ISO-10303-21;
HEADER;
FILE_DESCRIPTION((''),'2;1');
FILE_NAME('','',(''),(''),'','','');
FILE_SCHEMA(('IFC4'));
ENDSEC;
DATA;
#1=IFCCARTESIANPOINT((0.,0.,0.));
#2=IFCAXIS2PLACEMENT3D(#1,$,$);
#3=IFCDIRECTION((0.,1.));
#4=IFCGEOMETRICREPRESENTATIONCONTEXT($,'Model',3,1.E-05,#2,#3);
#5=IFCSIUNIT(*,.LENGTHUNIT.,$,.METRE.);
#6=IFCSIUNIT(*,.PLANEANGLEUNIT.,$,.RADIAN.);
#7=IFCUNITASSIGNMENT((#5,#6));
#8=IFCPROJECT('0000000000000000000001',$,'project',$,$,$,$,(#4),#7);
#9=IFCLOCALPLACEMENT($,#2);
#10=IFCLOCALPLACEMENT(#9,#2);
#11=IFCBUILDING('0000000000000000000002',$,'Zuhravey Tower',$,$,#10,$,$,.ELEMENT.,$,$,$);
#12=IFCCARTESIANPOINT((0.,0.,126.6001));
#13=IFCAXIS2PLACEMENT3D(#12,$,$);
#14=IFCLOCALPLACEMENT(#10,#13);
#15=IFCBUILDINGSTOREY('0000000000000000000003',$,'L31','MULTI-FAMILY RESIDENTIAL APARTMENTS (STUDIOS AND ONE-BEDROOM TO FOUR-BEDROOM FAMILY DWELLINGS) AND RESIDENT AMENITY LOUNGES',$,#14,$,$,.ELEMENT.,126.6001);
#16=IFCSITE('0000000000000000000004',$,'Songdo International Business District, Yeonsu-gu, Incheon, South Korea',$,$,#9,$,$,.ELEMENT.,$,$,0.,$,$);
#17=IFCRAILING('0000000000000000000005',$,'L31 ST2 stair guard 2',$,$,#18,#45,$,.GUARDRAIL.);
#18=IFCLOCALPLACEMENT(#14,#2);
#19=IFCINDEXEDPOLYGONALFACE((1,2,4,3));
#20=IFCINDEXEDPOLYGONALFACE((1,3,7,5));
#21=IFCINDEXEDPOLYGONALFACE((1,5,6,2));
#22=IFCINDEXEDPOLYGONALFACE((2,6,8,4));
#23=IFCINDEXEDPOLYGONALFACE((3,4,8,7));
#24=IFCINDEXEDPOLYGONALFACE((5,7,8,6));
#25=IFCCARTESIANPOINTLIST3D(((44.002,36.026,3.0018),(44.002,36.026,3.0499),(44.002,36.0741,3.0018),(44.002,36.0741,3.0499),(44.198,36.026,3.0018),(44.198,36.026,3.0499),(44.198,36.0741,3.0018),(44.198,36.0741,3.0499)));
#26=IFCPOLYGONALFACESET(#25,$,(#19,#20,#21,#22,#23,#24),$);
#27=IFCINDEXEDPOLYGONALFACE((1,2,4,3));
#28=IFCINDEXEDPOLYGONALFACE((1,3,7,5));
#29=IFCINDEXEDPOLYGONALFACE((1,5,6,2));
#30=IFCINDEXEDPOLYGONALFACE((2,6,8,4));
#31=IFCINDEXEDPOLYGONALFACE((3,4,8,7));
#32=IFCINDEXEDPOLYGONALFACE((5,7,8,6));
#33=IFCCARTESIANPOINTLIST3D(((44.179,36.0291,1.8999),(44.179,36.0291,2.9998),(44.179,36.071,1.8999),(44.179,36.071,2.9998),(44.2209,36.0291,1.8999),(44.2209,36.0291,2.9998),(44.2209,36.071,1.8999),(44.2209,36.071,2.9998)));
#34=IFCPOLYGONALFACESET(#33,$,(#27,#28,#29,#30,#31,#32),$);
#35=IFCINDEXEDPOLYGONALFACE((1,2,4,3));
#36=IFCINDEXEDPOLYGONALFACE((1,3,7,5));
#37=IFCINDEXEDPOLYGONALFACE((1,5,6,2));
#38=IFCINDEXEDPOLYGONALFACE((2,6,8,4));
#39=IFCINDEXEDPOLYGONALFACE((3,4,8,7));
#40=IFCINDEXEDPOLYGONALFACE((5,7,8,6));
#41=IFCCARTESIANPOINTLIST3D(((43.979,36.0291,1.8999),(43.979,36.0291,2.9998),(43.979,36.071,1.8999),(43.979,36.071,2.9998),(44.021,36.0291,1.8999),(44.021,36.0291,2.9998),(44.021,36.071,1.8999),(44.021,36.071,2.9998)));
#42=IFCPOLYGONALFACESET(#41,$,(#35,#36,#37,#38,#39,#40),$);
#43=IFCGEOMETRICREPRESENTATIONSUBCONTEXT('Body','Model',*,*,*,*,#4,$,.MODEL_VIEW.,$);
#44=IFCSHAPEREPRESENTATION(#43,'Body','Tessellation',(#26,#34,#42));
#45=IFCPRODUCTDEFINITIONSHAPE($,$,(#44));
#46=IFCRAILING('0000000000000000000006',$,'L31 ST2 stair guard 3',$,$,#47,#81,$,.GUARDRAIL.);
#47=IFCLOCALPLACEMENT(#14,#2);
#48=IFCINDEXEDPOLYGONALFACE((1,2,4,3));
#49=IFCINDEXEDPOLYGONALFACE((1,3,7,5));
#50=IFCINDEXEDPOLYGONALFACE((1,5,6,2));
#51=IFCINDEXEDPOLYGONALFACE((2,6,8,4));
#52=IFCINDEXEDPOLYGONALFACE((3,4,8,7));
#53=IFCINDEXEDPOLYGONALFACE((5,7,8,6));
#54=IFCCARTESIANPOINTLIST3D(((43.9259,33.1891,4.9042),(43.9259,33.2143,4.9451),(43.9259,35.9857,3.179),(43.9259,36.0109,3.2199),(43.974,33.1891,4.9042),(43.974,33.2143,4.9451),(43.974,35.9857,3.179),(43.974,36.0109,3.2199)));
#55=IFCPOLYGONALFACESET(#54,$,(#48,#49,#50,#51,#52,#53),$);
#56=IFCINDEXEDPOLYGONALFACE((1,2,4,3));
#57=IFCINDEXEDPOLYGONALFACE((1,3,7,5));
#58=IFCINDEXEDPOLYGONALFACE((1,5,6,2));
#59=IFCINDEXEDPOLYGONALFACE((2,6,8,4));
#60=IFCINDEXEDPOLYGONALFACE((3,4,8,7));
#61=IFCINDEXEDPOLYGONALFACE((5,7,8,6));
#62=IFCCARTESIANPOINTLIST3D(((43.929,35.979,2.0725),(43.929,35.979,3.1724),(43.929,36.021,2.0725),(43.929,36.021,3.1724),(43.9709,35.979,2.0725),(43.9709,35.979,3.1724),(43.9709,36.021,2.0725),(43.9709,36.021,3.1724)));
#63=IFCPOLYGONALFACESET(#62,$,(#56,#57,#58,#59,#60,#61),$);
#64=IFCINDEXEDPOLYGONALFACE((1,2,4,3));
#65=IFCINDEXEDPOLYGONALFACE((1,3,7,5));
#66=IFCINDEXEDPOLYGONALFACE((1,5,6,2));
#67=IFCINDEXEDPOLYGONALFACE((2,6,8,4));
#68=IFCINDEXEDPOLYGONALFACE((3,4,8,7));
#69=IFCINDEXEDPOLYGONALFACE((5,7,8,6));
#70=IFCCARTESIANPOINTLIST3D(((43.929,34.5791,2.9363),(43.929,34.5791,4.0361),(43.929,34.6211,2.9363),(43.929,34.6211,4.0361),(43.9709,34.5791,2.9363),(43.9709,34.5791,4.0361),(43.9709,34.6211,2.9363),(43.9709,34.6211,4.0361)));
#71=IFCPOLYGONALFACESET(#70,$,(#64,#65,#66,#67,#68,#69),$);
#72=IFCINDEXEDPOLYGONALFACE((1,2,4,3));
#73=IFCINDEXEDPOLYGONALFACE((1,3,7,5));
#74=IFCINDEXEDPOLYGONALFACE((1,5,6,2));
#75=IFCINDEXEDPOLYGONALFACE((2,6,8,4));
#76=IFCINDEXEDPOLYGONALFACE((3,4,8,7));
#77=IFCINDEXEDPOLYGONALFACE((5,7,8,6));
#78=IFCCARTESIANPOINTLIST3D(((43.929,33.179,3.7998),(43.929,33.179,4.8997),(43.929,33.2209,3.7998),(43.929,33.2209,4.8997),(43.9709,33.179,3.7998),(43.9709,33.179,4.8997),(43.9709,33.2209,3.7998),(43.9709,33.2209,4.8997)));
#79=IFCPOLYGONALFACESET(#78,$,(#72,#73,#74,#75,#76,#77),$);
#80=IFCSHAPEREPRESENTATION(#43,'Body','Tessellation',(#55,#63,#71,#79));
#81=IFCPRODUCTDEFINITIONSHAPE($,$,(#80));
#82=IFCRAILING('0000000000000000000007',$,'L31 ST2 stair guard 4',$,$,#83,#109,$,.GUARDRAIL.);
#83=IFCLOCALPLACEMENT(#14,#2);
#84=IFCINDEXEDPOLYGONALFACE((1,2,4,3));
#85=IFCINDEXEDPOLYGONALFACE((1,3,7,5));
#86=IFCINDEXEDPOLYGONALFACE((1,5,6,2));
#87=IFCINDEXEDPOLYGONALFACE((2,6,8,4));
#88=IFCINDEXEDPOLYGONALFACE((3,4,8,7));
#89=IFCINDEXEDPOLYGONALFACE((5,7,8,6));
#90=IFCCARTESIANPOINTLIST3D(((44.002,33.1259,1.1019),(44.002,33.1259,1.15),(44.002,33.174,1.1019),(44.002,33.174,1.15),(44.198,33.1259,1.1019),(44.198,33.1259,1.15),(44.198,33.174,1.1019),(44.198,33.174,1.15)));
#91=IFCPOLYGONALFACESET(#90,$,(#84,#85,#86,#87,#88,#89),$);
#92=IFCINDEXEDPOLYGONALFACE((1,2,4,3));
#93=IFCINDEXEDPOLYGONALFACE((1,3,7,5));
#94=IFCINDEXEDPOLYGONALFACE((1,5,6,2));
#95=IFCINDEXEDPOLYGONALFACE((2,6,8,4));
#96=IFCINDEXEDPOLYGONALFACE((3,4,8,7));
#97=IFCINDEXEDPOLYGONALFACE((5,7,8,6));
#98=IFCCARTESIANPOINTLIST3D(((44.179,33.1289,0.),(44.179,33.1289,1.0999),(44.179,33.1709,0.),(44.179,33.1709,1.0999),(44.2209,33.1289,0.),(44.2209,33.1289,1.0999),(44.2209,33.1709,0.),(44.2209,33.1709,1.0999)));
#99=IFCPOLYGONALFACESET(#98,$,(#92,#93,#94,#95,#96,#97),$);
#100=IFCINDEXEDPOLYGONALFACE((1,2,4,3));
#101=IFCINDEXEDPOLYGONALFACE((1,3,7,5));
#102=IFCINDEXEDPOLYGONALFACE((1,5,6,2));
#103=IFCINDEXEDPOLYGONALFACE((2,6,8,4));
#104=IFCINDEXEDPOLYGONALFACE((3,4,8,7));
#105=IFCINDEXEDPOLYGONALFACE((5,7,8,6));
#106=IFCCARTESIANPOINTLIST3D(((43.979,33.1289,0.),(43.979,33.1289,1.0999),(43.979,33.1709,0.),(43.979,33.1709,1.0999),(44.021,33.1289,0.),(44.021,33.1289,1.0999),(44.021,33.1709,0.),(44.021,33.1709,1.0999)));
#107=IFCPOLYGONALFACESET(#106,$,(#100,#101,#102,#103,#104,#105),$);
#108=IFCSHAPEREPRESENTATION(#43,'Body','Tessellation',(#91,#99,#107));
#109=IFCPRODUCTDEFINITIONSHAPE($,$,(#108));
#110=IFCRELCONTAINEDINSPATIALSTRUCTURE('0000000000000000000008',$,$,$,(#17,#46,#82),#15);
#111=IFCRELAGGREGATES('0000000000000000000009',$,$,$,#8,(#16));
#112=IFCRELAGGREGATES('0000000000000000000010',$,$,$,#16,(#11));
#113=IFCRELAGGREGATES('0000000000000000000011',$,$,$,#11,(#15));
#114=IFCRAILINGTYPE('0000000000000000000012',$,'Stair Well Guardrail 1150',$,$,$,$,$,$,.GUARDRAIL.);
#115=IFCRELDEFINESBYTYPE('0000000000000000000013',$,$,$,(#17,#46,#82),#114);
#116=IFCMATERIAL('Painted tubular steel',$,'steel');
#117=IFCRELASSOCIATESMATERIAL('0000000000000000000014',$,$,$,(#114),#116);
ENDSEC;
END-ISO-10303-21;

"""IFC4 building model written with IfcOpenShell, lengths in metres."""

from ifc_helpers import new_model, si_unit, direction, frame, origin, origin_2d, place, context, subcontext, project, spatial, rectangle, extrude, material, type_object, element, save


model = new_model("IFC4")

# Units and contexts
model_context = context("Model", 3, precision=1e-05, world=origin(), true_north=direction((0.0, 1.0)))
body_context = subcontext(model_context, "Body", "Model", "MODEL_VIEW")
ifc_project = project(units=[si_unit("LENGTHUNIT", "METRE"), si_unit("PLANEANGLEUNIT", "RADIAN")], contexts=[model_context])

# Site, building, storey
site_placement = place(None, origin())
site = spatial("IfcSite", under=ifc_project, at=site_placement, Name="Songdo International Business District, Yeonsu-gu, Incheon, South Korea", CompositionType="ELEMENT", RefElevation=0.0)
building_placement = place(site_placement, origin())
building = spatial("IfcBuilding", under=site, at=building_placement, Name="Zuhravey Tower", CompositionType="ELEMENT")
storey_placement = place(building_placement, frame((0.0, 0.0, 126.6001)))
storey = spatial("IfcBuildingStorey", under=building, at=storey_placement, Name="L31", Description="MULTI-FAMILY RESIDENTIAL APARTMENTS (STUDIOS AND ONE-BEDROOM TO FOUR-BEDROOM FAMILY DWELLINGS) AND RESIDENT AMENITY LOUNGES", CompositionType="ELEMENT", Elevation=126.6001)

# Railings
ifc_material_1 = material(Name="Painted tubular steel", Category="steel")
railing_type_1 = type_object("IfcRailingType", Name="Stair Well Guardrail 1150", PredefinedType="GUARDRAIL", material=ifc_material_1)
railing_1_placement = place(storey_placement, frame((44.2, 36.05, 1.8999)))
element("IfcRailing", 1, at=railing_1_placement, inside=storey, type_object=railing_type_1, Name="L31 ST2 stair guard 2", PredefinedType="GUARDRAIL", context=body_context, shape_type="SweptSolid", body=[
    extrude(rectangle(XDim=0.0481, YDim=0.0481, at=origin_2d()), frame((-0.002, 0.0, 1.126), z_axis=(-1.0, 0.0, 0.0), x_axis=(0.0, -1.0, 0.0)), (0.0, 0.0, 1.0), 0.196),
    extrude(rectangle(XDim=0.042, YDim=0.042, at=origin_2d()), origin(), (0.0, 0.0, 1.0), 1.0999),
    extrude(rectangle(XDim=0.042, YDim=0.042, at=origin_2d()), frame((-0.2, 0.0, 0.0)), (0.0, 0.0, 1.0), 1.0999),
])
railing_2_placement = place(storey_placement, frame((43.95, 36.0, 2.0725)))
element("IfcRailing", 2, at=railing_2_placement, inside=storey, type_object=railing_type_1, Name="L31 ST2 stair guard 3", PredefinedType="GUARDRAIL", context=body_context, shape_type="SweptSolid", body=[
    extrude(rectangle(XDim=0.0481, YDim=0.0481, at=origin_2d()), frame((0.0, -0.0017, 1.127), z_axis=(0.0, -0.85109, 0.52502), x_axis=(1.0, 0.0, 0.0)), (0.0, 0.0, 1.0), 3.2859),
    extrude(rectangle(XDim=0.042, YDim=0.042, at=origin_2d()), origin(), (0.0, 0.0, 1.0), 1.0999),
    extrude(rectangle(XDim=0.042, YDim=0.042, at=origin_2d()), frame((0.0, -1.3999, 0.8638)), (0.0, 0.0, 1.0), 1.0999),
    extrude(rectangle(XDim=0.042, YDim=0.042, at=origin_2d()), frame((0.0, -2.8, 1.7273)), (0.0, 0.0, 1.0), 1.0999),
])
railing_3_placement = place(storey_placement, frame((44.2, 33.1499, 0.0)))
element("IfcRailing", 3, at=railing_3_placement, inside=storey, type_object=railing_type_1, Name="L31 ST2 stair guard 4", PredefinedType="GUARDRAIL", context=body_context, shape_type="SweptSolid", body=[
    extrude(rectangle(XDim=0.0481, YDim=0.0481, at=origin_2d()), frame((-0.002, 0.0, 1.126), z_axis=(-1.0, 0.0, 0.0), x_axis=(0.0, -1.0, 0.0)), (0.0, 0.0, 1.0), 0.196),
    extrude(rectangle(XDim=0.042, YDim=0.042, at=origin_2d()), origin(), (0.0, 0.0, 1.0), 1.0999),
    extrude(rectangle(XDim=0.042, YDim=0.042, at=origin_2d()), frame((-0.2, 0.0, 0.0)), (0.0, 0.0, 1.0), 1.0999),
])

save(model, "model.ifc")
